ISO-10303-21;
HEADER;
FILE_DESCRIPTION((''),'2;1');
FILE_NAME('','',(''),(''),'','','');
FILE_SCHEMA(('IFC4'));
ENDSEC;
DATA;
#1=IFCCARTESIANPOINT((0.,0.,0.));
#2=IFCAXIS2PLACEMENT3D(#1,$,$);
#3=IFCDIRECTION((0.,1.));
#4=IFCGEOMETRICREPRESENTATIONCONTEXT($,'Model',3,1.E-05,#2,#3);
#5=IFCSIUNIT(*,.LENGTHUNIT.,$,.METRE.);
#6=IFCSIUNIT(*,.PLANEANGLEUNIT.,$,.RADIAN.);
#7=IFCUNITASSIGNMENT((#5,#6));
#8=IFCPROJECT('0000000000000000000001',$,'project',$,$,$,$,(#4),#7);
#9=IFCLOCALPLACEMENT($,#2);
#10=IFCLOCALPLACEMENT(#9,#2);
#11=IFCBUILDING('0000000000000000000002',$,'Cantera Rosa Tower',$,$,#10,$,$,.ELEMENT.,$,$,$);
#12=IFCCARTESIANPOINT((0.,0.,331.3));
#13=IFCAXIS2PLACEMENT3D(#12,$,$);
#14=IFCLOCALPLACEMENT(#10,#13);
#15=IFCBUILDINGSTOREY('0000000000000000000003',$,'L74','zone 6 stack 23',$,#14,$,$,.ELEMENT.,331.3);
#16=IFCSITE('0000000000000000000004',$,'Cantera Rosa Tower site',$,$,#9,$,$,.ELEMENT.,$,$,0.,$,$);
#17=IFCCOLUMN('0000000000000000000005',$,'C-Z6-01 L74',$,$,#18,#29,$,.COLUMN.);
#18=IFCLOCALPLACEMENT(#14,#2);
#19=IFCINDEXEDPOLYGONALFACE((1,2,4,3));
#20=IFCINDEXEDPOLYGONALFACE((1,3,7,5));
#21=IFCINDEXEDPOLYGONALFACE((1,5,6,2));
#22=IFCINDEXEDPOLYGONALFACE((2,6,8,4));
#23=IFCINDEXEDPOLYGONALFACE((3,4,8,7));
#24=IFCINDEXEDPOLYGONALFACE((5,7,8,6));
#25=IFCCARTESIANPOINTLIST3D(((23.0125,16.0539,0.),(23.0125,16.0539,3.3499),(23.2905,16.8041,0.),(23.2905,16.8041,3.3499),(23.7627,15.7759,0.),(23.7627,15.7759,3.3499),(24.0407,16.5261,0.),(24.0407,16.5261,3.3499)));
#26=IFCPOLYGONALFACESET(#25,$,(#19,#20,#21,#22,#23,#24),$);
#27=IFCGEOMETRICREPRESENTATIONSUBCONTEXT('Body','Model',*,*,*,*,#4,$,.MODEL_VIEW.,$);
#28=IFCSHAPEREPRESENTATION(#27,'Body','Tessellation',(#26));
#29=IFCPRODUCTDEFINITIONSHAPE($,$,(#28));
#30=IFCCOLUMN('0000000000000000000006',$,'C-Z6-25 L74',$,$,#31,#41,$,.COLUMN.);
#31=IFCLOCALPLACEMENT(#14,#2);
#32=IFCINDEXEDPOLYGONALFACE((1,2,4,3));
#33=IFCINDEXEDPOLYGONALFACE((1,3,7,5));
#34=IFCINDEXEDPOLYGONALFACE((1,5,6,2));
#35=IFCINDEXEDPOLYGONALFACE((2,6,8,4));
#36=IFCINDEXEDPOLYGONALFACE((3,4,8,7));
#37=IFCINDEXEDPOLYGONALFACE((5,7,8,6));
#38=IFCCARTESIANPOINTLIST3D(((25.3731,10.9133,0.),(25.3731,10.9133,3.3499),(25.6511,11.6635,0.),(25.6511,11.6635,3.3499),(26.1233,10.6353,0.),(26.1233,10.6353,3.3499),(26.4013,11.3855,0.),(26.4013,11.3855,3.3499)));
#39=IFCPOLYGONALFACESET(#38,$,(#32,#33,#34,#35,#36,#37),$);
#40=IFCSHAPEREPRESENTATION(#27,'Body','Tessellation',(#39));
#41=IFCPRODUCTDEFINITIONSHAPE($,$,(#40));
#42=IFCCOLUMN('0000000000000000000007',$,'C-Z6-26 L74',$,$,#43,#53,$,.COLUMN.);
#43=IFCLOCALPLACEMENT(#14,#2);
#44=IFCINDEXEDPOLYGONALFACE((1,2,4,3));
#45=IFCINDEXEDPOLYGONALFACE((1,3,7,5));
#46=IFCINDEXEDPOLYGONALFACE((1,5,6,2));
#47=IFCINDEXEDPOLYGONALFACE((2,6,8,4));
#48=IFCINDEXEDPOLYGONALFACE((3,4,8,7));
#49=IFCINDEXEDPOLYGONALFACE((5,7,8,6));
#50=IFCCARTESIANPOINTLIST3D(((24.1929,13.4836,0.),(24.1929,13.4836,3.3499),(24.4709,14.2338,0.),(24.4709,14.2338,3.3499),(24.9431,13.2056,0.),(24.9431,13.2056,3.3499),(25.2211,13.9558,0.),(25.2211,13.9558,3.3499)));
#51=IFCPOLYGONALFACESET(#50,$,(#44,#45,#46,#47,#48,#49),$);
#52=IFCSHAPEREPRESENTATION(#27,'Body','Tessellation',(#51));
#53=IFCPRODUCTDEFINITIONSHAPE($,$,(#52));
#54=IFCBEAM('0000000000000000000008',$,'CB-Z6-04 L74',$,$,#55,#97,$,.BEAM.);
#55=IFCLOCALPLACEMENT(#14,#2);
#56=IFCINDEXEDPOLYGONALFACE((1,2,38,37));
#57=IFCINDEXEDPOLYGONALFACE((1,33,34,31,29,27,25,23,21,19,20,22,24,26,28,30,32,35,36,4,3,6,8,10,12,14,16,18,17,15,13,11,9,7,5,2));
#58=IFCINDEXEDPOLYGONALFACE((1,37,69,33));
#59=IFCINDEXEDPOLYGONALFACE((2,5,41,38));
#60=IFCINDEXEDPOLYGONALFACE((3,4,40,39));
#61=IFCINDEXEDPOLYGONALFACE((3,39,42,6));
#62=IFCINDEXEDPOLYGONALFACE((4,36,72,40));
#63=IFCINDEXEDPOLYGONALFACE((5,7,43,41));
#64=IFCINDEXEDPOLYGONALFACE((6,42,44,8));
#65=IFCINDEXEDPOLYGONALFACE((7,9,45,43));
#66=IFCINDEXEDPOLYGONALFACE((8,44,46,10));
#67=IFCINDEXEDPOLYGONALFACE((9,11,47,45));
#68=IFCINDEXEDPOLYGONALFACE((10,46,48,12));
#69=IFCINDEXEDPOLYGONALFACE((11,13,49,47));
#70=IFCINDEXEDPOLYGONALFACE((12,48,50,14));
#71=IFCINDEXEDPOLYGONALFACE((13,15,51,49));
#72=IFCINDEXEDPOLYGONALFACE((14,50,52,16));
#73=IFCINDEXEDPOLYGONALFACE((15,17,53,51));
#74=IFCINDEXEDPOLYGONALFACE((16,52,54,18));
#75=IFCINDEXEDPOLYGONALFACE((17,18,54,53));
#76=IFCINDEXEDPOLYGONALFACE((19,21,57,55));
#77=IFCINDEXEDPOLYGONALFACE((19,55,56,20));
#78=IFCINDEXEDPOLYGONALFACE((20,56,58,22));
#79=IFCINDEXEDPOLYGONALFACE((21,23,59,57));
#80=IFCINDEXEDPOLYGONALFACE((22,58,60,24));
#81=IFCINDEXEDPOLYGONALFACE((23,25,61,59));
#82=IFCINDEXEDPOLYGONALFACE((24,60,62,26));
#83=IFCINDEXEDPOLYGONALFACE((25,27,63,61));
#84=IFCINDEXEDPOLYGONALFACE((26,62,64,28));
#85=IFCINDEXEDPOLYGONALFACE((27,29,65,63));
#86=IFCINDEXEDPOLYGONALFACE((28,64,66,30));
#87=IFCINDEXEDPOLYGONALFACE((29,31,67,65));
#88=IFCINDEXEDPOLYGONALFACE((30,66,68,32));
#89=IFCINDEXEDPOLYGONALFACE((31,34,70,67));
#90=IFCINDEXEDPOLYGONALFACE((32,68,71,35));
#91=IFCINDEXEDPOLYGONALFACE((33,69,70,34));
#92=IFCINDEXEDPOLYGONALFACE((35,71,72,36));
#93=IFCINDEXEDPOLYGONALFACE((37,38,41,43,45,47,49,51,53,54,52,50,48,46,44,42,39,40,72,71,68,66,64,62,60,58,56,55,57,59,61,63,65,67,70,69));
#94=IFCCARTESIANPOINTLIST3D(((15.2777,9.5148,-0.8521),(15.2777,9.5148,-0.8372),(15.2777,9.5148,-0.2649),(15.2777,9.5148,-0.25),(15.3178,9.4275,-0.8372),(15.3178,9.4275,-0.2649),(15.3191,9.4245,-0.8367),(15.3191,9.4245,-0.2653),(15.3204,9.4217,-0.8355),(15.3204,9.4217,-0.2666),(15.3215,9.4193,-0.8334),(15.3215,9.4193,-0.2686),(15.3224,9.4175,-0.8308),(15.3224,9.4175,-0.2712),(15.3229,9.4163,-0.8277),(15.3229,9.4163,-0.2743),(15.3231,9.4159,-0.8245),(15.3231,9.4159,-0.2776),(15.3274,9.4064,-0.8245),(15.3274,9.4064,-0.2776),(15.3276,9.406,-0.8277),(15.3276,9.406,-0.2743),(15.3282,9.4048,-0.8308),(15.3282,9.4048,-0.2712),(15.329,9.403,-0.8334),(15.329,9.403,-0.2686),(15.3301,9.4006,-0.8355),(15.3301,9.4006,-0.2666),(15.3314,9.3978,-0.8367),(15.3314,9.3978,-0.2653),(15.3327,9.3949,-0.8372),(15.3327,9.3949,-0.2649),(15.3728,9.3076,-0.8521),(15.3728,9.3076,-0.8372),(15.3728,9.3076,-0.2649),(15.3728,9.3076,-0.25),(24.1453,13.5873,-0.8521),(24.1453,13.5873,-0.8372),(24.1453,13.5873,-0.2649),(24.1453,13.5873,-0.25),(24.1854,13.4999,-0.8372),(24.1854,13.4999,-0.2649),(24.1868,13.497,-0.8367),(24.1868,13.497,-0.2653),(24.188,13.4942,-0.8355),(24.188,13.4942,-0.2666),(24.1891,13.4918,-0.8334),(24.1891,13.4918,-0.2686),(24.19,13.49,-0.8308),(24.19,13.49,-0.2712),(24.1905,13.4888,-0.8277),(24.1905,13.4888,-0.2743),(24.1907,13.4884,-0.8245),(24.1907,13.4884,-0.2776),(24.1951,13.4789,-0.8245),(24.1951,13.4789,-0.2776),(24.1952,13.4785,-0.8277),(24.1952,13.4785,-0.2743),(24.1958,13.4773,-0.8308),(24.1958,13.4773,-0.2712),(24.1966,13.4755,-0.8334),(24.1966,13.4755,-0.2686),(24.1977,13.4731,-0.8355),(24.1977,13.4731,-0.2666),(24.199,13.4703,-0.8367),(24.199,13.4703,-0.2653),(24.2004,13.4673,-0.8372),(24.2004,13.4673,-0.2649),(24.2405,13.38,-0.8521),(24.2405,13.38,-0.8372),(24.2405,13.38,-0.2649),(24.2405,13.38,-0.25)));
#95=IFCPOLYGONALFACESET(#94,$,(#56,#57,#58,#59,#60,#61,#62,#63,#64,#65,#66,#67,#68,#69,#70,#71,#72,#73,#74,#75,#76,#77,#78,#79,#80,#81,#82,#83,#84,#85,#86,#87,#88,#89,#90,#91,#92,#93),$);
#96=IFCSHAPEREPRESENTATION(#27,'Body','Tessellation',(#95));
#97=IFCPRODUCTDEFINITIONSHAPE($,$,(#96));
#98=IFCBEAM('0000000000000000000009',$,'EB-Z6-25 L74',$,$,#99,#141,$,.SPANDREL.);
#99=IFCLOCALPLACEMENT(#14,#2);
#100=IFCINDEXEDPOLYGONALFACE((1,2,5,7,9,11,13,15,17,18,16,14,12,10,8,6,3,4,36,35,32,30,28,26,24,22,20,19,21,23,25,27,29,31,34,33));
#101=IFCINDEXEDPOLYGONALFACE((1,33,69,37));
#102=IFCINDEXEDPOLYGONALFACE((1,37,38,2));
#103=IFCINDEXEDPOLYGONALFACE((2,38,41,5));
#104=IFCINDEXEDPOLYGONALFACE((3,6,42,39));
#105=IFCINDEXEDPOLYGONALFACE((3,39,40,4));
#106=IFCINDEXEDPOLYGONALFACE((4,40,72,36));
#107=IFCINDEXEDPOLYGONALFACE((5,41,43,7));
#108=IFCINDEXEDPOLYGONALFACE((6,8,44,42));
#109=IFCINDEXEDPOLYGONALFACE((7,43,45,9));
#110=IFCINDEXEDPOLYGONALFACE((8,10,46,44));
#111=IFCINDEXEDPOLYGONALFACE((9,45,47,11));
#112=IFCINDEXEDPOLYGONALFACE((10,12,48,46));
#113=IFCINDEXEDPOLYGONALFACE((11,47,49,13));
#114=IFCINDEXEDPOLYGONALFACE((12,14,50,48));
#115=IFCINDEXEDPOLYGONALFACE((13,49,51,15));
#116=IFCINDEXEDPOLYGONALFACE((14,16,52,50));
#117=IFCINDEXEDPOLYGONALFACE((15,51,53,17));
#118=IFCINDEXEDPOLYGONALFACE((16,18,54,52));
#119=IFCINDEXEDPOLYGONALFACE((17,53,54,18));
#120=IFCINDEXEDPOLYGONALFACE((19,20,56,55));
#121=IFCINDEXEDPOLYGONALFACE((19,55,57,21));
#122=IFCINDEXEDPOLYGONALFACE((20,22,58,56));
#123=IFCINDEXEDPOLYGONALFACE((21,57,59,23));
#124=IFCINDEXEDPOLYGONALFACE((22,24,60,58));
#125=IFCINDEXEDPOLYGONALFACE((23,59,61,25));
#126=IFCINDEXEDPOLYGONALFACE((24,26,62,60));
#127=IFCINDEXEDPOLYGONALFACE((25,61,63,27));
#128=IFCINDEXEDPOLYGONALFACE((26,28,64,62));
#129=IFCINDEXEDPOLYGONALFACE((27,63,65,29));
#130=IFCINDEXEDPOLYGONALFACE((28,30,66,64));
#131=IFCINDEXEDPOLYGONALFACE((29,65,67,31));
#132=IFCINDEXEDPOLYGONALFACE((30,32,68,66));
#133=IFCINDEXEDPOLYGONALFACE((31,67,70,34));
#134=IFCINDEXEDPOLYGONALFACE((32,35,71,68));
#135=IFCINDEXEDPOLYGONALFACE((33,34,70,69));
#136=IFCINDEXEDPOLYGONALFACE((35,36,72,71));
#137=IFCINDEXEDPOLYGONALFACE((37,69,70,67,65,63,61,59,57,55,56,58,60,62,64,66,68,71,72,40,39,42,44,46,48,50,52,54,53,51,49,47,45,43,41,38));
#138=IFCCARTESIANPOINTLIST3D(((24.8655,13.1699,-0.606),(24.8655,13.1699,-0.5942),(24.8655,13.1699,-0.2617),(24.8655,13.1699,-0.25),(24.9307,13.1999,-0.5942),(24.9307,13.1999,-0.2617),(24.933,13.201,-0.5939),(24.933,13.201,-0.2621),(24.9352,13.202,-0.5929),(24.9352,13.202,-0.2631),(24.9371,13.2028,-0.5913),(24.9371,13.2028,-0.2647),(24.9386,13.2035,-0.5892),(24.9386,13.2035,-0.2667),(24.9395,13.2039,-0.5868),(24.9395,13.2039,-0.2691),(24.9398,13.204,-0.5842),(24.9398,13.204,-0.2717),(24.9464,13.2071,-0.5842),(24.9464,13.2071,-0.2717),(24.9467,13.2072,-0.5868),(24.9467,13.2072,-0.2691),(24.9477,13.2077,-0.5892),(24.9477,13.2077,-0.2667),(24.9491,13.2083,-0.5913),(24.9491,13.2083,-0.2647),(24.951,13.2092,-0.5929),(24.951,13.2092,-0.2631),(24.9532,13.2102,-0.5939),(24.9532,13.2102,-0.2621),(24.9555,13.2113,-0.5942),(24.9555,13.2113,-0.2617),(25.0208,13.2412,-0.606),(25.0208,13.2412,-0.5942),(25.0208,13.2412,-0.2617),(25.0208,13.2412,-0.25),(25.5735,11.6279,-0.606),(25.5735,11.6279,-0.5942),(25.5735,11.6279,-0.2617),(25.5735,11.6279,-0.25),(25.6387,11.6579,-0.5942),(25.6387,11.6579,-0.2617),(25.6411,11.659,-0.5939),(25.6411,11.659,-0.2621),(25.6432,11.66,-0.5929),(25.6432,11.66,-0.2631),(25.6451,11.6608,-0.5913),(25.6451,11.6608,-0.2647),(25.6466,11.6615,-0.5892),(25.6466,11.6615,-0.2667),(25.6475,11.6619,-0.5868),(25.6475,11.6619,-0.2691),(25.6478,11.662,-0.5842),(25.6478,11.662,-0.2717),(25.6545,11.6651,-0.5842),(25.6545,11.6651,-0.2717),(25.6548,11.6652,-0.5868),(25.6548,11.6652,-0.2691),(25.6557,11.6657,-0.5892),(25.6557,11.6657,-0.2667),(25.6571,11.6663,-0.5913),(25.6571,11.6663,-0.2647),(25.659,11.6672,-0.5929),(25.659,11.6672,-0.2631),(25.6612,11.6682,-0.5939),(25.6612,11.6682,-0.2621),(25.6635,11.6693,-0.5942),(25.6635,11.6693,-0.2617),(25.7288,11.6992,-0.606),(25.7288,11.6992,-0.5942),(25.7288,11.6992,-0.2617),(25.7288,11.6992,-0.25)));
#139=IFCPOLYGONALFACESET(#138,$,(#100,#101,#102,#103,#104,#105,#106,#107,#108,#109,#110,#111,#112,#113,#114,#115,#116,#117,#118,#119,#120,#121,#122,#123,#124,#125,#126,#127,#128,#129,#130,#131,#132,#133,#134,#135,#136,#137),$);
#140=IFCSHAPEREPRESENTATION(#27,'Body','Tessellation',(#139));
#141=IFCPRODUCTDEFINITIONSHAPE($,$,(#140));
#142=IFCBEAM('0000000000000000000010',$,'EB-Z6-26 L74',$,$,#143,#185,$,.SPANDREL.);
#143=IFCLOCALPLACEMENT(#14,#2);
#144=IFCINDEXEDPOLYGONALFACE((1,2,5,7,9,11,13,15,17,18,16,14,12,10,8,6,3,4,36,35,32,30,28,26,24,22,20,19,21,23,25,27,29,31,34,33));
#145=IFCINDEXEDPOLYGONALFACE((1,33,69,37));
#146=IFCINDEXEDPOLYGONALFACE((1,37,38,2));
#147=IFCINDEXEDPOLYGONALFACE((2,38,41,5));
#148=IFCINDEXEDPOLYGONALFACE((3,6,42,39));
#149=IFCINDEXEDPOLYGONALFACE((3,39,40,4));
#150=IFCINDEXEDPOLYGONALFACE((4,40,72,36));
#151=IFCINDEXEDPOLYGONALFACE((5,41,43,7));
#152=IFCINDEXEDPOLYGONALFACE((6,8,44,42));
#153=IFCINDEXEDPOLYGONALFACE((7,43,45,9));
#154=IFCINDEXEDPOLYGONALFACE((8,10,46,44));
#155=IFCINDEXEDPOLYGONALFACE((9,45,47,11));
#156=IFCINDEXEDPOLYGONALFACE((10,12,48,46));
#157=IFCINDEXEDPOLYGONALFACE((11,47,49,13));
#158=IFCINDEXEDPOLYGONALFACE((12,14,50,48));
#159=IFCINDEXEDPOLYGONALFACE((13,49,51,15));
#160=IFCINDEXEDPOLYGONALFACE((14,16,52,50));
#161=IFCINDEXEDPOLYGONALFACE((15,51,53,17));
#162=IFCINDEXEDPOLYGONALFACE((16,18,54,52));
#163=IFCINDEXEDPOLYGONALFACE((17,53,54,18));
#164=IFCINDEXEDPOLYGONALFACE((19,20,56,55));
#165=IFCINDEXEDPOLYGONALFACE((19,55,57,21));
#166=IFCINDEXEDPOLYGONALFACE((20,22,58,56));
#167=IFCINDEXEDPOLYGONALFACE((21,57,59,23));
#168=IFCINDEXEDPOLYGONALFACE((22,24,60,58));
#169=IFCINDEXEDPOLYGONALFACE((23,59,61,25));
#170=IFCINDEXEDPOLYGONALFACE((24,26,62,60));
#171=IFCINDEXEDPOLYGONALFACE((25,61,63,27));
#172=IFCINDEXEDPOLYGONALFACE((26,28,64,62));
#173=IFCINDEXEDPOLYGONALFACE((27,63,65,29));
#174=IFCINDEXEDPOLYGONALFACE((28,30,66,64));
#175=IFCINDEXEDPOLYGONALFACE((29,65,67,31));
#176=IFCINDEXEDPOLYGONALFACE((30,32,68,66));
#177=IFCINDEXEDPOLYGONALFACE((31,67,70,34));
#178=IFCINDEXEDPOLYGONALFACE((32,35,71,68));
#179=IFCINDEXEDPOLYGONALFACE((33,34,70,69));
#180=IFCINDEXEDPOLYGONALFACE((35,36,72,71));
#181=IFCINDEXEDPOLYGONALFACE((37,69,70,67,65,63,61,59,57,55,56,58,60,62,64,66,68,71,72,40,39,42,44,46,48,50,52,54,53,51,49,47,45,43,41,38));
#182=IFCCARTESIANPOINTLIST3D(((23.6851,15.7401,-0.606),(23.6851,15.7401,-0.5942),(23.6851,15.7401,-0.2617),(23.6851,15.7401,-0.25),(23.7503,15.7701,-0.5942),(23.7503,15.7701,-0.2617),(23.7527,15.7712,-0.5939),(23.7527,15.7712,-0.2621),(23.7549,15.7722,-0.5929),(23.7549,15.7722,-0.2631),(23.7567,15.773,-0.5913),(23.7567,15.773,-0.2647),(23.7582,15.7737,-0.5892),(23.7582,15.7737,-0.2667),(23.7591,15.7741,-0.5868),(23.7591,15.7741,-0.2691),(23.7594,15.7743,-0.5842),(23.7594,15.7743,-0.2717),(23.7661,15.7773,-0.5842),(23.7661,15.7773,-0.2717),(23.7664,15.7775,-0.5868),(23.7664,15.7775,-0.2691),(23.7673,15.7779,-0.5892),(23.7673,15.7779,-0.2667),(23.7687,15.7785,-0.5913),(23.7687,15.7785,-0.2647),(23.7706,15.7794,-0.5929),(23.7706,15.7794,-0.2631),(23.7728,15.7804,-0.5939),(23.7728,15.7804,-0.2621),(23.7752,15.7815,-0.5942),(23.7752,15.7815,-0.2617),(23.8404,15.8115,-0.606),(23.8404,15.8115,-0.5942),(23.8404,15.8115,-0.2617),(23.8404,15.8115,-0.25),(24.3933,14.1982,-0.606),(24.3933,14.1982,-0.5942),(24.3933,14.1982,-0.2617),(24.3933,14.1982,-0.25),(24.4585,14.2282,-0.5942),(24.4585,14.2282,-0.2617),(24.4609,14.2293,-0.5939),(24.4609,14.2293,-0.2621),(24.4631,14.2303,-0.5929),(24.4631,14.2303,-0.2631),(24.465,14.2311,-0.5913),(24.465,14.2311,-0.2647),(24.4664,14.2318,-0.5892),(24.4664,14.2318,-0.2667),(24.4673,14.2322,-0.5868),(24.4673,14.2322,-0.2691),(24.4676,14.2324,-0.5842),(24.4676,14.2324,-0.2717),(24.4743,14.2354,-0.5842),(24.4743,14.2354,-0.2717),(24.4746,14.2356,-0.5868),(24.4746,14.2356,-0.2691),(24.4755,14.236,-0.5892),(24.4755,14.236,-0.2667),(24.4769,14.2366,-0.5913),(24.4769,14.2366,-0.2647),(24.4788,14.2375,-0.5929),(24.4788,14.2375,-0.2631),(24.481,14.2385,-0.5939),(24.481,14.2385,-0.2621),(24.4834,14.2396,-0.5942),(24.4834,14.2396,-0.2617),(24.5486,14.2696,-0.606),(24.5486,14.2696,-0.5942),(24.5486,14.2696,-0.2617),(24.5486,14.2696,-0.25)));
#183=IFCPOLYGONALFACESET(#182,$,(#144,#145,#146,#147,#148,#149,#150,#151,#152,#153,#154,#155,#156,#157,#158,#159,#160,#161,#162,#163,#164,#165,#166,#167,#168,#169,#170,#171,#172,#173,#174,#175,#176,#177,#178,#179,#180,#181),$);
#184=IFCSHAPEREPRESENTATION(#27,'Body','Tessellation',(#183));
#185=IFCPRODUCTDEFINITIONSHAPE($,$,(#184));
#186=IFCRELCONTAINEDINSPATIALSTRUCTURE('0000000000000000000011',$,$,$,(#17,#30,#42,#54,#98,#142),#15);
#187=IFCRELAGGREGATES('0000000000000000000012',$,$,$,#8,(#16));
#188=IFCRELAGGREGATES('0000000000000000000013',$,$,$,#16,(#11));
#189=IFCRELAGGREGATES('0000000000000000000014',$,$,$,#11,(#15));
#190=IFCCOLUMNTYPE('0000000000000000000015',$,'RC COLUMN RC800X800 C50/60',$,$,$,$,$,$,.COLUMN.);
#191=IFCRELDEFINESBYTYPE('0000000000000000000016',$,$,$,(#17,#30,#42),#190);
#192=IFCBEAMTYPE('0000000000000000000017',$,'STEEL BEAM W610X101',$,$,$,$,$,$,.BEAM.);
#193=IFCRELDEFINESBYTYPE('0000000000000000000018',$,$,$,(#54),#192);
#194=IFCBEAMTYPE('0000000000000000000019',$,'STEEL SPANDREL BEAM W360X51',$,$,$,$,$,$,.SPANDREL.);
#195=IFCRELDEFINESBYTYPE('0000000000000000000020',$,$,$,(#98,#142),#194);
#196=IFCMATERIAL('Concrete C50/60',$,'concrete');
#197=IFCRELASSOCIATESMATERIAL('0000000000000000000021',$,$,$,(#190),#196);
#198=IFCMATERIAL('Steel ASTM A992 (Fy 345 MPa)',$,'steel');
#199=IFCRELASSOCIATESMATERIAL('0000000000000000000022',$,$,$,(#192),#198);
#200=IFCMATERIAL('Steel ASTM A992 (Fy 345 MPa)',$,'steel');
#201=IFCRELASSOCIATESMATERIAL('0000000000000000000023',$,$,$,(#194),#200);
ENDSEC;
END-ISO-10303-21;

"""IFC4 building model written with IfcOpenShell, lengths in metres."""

from ifc_helpers import new_model, si_unit, direction, frame, origin, origin_2d, place, context, subcontext, project, spatial, rectangle, i_section, extrude, material, material_profile, profile_set, type_object, element, save


model = new_model("IFC4")

# Units and contexts
model_context = context("Model", 3, precision=1e-05, world=origin(), true_north=direction((0.0, 1.0)))
body_context = subcontext(model_context, "Body", "Model", "MODEL_VIEW")
ifc_project = project(units=[si_unit("LENGTHUNIT", "METRE"), si_unit("PLANEANGLEUNIT", "RADIAN")], contexts=[model_context])

# Site, building, storey
site_placement = place(None, origin())
site = spatial("IfcSite", under=ifc_project, at=site_placement, Name="Cantera Rosa Tower site", CompositionType="ELEMENT", RefElevation=0.0)
building_placement = place(site_placement, origin())
building = spatial("IfcBuilding", under=site, at=building_placement, Name="Cantera Rosa Tower", CompositionType="ELEMENT")
storey_placement = place(building_placement, frame((0.0, 0.0, 331.3)))
storey = spatial("IfcBuildingStorey", under=building, at=storey_placement, Name="L74", Description="zone 6 stack 23", CompositionType="ELEMENT", Elevation=331.3)

# Columns
ifc_material_1 = material(Name="Concrete C50/60", Category="concrete")
ifc_material_profile_1 = material_profile(ifc_material_1, rectangle(XDim=0.8, YDim=0.8, at=origin_2d()), Name="RC COLUMN RC800X800 C50/60")
ifc_profile_set_1 = profile_set([ifc_material_profile_1], Name="Concrete C50/60")
column_type = type_object("IfcColumnType", Name="RC COLUMN RC800X800 C50/60", PredefinedType="COLUMN", material=ifc_profile_set_1)
for number, where, z_axis, x_axis, name in (
    (1, (23.5266, 16.29, 0.0), (0.0, 0.0, 1.0), (0.347481, 0.937687, 0.0), "C-Z6-01 L74"),
    (2, (25.8872, 11.1494, 0.0), (0.0, 0.0, 1.0), (0.347481, 0.937687, 0.0), "C-Z6-25 L74"),
    (3, (24.707, 13.7197, 0.0), (0.0, 0.0, 1.0), (0.347481, 0.937687, 0.0), "C-Z6-26 L74"),
):
    element("IfcColumn", number, at=place(storey_placement, frame(where, z_axis=z_axis, x_axis=x_axis)), inside=storey, type_object=column_type, Name=name, PredefinedType="COLUMN", context=body_context, shape_type="SweptSolid", body=[
        extrude(rectangle(XDim=0.8, YDim=0.8, at=origin_2d()), origin(), (0.0, 0.0, 1.0), 3.3499),
    ])

# Beams
ifc_material_2 = material(Name="Steel ASTM A992 (Fy 345 MPa)", Category="steel")
ifc_material_profile_2 = material_profile(ifc_material_2, i_section(OverallWidth=0.228, OverallDepth=0.6021, WebThickness=0.0105, FlangeThickness=0.0149, FilletRadius=0.0127, at=origin_2d()), Name="W610X101")
ifc_profile_set_2 = profile_set([ifc_material_profile_2], Name="Steel ASTM A992 (Fy 345 MPa)")
beam_type_1 = type_object("IfcBeamType", Name="STEEL BEAM W610X101", PredefinedType="BEAM", material=ifc_profile_set_2)
beam_1_placement = place(storey_placement, frame((24.1929, 13.4836, -0.551), z_axis=(-0.908748, -0.417346, 0.0), x_axis=(0.417346, -0.908748, 0.0)))
element("IfcBeam", 4, at=beam_1_placement, inside=storey, type_object=beam_type_1, Name="CB-Z6-04 L74", PredefinedType="BEAM", context=body_context, shape_type="SweptSolid", body=[
    extrude(i_section(OverallWidth=0.228, OverallDepth=0.6021, WebThickness=0.0105, FlangeThickness=0.0149, FilletRadius=0.0127, at=origin_2d()), origin(), (0.0, 0.0, 1.0), 9.7581),
])
ifc_material_3 = material(Name="Steel ASTM A992 (Fy 345 MPa)", Category="steel")
ifc_material_profile_3 = material_profile(ifc_material_3, i_section(OverallWidth=0.1709, OverallDepth=0.356, WebThickness=0.0073, FlangeThickness=0.0117, FilletRadius=0.01, at=origin_2d()), Name="W360X51")
ifc_profile_set_3 = profile_set([ifc_material_profile_3], Name="Steel ASTM A992 (Fy 345 MPa)")
beam_type_2 = type_object("IfcBeamType", Name="STEEL SPANDREL BEAM W360X51", PredefinedType="SPANDREL", material=ifc_profile_set_3)
for number, where, z_axis, x_axis, name in (
    (5, (25.6511, 11.6636, -0.428), (-0.417269, 0.908783, 0.0), (-0.908783, -0.417269, 0.0), "EB-Z6-25 L74"),
    (6, (24.4709, 14.2339, -0.428), (-0.417388, 0.908728, 0.0), (-0.908728, -0.417388, 0.0), "EB-Z6-26 L74"),
):
    element("IfcBeam", number, at=place(storey_placement, frame(where, z_axis=z_axis, x_axis=x_axis)), inside=storey, type_object=beam_type_2, Name=name, PredefinedType="SPANDREL", context=body_context, shape_type="SweptSolid", body=[
        extrude(i_section(OverallWidth=0.1709, OverallDepth=0.356, WebThickness=0.0073, FlangeThickness=0.0117, FilletRadius=0.01, at=origin_2d()), origin(), (0.0, 0.0, 1.0), 1.6968),
    ])

save(model, "model.ifc")
